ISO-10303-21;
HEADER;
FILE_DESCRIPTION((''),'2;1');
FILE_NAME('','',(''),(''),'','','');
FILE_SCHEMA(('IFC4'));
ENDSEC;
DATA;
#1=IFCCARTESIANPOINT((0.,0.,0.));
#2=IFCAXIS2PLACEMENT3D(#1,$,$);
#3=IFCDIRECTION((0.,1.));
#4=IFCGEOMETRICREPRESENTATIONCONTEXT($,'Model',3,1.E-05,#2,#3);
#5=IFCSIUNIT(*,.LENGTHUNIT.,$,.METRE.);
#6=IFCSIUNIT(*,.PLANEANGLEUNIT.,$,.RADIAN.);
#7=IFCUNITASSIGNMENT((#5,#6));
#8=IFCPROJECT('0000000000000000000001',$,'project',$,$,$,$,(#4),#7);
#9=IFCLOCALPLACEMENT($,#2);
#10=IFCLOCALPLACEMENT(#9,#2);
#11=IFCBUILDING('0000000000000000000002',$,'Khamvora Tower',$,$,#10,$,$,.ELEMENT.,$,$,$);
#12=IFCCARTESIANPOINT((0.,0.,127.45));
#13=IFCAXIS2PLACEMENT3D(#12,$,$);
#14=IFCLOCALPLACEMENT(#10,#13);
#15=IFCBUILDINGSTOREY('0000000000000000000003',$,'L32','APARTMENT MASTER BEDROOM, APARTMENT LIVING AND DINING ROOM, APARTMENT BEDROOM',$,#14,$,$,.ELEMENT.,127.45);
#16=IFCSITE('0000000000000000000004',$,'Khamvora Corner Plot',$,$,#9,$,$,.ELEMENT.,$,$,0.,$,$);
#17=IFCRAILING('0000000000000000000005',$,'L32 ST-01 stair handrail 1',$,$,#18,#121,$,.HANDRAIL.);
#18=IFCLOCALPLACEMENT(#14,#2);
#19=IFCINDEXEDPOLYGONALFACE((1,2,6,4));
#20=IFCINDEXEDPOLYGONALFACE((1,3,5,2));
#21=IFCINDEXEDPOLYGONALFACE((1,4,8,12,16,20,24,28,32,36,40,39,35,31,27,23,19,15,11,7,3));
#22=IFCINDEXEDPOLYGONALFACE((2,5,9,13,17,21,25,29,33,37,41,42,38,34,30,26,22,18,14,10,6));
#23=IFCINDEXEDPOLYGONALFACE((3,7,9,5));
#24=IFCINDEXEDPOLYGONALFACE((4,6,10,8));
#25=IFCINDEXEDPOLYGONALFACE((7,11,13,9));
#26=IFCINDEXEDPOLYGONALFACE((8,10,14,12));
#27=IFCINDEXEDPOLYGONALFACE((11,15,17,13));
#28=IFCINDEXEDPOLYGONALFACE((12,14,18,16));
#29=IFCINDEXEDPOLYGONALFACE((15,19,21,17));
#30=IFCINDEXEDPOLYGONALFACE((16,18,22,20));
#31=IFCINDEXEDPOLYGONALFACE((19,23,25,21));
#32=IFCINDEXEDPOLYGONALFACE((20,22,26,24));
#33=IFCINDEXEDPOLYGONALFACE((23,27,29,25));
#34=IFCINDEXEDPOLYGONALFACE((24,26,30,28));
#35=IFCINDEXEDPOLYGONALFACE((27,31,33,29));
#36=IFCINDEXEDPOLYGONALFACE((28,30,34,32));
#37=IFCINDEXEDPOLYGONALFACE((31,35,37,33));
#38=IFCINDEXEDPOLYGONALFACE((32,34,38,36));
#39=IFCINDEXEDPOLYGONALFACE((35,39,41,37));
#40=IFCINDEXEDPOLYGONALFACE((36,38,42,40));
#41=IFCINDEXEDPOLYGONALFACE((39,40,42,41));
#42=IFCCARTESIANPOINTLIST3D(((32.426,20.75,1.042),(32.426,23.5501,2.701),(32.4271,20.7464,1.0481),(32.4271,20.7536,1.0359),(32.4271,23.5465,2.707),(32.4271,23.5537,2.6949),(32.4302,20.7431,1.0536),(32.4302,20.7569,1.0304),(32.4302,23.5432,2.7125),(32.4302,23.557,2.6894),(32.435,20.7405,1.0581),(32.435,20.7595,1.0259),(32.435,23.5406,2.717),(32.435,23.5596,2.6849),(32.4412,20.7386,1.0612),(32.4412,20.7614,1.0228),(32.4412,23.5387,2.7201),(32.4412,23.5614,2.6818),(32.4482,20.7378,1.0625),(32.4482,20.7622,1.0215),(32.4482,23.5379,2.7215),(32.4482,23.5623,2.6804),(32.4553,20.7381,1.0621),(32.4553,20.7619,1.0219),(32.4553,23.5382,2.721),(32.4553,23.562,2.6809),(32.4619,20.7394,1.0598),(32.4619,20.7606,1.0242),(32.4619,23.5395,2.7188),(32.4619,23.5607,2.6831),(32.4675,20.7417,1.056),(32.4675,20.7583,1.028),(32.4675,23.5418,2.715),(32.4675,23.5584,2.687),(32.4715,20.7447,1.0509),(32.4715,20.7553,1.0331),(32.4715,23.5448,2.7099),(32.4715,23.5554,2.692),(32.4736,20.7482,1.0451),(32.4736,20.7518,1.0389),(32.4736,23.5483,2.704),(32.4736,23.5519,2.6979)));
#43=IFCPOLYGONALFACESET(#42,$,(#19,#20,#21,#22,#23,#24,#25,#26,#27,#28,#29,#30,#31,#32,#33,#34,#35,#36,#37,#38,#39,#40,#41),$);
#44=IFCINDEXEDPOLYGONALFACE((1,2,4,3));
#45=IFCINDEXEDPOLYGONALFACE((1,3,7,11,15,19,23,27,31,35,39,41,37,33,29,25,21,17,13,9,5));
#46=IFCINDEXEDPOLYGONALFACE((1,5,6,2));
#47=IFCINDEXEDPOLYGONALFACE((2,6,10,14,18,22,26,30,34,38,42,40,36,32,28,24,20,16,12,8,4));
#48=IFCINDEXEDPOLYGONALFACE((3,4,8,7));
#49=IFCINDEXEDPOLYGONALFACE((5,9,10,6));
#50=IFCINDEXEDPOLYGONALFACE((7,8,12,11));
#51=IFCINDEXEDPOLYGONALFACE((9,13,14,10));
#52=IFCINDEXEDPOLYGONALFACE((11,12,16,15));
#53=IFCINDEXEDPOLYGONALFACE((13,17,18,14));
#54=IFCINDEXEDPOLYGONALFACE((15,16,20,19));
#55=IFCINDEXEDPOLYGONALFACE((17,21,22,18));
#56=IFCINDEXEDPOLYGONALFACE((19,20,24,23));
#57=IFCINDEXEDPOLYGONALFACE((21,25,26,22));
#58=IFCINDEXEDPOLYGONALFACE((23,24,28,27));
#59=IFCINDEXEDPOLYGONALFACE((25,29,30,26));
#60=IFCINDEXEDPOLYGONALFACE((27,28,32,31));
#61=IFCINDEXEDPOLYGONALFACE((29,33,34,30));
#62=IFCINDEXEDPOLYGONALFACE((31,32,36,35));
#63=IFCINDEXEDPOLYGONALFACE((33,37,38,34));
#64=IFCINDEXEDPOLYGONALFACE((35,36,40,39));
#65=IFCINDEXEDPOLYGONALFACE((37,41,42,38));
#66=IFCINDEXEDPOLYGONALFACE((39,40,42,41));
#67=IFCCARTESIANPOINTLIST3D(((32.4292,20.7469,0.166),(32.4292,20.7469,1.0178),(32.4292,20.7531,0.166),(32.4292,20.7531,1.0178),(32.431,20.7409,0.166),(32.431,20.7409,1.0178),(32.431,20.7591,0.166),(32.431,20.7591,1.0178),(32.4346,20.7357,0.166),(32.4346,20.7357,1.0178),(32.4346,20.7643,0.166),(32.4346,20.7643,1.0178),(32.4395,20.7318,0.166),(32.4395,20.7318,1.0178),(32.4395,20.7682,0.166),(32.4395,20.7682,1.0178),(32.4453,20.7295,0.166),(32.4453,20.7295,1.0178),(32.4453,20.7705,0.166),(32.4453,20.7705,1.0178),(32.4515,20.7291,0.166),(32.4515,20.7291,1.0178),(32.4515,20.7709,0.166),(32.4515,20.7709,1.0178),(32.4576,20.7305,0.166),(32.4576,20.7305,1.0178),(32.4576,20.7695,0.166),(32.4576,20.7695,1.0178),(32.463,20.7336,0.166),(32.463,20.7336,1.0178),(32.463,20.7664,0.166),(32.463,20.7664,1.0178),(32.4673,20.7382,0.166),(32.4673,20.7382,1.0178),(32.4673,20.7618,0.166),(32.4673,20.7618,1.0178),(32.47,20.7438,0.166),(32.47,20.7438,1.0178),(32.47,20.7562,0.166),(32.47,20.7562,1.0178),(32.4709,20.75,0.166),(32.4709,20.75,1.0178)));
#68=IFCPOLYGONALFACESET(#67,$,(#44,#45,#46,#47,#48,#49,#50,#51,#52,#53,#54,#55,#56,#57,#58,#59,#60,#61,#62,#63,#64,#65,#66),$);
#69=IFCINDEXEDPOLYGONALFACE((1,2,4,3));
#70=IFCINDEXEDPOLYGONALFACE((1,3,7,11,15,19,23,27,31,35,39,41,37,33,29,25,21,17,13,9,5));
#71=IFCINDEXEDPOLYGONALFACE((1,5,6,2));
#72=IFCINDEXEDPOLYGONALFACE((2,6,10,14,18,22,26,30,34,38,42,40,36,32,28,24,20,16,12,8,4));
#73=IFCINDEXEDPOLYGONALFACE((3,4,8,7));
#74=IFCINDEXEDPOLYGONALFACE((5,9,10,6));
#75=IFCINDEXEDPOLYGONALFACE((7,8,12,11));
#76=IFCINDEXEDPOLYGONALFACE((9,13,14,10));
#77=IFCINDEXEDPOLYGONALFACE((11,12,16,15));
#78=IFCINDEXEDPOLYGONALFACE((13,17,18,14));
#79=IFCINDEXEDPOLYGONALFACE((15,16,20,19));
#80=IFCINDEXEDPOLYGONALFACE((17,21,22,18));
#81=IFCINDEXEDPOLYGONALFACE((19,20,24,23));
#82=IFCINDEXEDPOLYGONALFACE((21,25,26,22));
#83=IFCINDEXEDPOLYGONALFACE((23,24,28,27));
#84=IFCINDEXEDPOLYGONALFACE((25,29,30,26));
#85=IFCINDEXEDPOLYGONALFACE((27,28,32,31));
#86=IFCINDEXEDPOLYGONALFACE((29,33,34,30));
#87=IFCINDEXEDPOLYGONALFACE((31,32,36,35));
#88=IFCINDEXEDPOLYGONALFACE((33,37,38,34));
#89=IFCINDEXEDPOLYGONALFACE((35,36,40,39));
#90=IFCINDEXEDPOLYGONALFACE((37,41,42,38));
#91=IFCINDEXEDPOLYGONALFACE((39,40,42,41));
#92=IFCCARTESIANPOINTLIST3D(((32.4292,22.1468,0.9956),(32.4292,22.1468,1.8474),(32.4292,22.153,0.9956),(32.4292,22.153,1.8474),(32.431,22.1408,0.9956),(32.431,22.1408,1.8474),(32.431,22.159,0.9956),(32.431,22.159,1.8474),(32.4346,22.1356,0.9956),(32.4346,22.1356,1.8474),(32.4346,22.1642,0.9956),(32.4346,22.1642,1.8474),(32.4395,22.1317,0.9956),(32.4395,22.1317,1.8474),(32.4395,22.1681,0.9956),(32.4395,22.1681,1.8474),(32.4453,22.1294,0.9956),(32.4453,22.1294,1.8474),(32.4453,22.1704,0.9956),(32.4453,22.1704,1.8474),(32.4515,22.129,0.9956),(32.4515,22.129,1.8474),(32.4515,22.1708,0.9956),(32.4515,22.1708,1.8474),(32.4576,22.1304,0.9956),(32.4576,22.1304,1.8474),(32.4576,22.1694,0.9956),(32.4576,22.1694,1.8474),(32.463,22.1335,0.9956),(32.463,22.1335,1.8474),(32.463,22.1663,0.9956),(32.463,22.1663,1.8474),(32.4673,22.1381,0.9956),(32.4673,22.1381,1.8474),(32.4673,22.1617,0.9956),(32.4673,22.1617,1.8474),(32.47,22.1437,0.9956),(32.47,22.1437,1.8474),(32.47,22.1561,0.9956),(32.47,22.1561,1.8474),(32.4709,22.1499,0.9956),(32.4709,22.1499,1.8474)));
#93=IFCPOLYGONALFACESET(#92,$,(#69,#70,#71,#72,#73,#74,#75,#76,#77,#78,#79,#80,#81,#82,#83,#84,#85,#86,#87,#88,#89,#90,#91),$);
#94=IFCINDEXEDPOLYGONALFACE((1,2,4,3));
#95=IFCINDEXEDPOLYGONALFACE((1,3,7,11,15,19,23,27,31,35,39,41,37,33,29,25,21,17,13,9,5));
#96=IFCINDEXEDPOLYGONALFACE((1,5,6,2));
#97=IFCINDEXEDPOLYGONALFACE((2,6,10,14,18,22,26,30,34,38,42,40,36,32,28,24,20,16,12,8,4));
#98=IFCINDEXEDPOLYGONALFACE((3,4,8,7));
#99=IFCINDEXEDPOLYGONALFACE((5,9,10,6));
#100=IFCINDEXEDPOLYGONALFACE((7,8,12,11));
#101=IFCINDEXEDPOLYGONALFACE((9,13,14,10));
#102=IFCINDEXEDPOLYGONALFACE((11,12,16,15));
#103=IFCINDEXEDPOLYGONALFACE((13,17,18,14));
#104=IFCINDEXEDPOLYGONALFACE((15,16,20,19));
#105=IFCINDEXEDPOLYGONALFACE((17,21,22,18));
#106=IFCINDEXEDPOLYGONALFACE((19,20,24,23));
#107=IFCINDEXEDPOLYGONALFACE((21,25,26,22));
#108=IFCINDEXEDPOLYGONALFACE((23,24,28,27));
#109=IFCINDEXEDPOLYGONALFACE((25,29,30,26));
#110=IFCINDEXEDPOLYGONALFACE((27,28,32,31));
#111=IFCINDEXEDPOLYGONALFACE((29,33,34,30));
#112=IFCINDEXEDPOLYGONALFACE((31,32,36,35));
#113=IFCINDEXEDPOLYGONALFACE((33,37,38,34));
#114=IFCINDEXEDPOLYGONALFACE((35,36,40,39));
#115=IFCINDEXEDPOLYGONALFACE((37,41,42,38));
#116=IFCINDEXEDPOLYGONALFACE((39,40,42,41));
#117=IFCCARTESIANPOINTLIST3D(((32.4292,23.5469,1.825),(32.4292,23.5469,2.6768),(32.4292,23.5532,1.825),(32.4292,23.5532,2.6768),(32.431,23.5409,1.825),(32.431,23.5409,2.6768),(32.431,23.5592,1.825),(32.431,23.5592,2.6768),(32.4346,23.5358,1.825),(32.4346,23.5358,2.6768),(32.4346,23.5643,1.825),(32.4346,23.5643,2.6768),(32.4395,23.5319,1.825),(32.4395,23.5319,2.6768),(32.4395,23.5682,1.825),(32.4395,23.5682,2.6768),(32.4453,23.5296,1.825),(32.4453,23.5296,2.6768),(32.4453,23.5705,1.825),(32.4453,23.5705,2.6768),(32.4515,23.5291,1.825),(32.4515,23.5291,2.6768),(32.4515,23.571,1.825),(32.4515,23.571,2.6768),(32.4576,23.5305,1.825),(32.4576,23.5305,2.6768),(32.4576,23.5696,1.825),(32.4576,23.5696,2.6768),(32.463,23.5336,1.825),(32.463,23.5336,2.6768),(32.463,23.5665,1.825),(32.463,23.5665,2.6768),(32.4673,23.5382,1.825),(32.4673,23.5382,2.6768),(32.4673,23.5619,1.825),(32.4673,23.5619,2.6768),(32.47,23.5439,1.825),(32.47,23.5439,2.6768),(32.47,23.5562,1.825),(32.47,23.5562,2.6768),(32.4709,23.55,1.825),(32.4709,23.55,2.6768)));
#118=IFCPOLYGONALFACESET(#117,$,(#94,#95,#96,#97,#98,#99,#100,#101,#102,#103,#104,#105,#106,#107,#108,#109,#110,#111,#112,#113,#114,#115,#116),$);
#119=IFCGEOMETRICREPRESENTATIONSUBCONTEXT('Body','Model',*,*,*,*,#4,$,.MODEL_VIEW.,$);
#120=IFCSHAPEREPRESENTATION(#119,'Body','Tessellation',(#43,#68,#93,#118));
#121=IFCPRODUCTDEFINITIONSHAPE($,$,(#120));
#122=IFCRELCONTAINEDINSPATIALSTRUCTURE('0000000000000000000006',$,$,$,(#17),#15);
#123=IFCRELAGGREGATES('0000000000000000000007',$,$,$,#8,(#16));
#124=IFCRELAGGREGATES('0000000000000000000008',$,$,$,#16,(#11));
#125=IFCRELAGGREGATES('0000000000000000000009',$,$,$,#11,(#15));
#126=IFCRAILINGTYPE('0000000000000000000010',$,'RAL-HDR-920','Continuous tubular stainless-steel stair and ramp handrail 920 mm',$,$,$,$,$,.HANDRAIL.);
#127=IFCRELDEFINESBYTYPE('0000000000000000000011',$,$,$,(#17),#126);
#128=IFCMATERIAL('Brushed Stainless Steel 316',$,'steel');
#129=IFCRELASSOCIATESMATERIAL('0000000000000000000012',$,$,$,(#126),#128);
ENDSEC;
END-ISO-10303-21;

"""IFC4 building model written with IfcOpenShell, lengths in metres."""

from ifc_helpers import new_model, si_unit, direction, frame, origin, origin_2d, place, context, subcontext, project, spatial, circle, extrude, material, type_object, element, save


model = new_model("IFC4")

# Units and contexts
model_context = context("Model", 3, precision=1e-05, world=origin(), true_north=direction((0.0, 1.0)))
body_context = subcontext(model_context, "Body", "Model", "MODEL_VIEW")
ifc_project = project(units=[si_unit("LENGTHUNIT", "METRE"), si_unit("PLANEANGLEUNIT", "RADIAN")], contexts=[model_context])

# Site, building, storey
site_placement = place(None, origin())
site = spatial("IfcSite", under=ifc_project, at=site_placement, Name="Khamvora Corner Plot", CompositionType="ELEMENT", RefElevation=0.0)
building_placement = place(site_placement, origin())
building = spatial("IfcBuilding", under=site, at=building_placement, Name="Khamvora Tower", CompositionType="ELEMENT")
storey_placement = place(building_placement, frame((0.0, 0.0, 127.45)))
storey = spatial("IfcBuildingStorey", under=building, at=storey_placement, Name="L32", Description="APARTMENT MASTER BEDROOM, APARTMENT LIVING AND DINING ROOM, APARTMENT BEDROOM", CompositionType="ELEMENT", Elevation=127.45)

# Railing
ifc_material_1 = material(Name="Brushed Stainless Steel 316", Category="steel")
railing_type_1 = type_object("IfcRailingType", Name="RAL-HDR-920", Description="Continuous tubular stainless-steel stair and ramp handrail 920 mm", PredefinedType="HANDRAIL", material=ifc_material_1)
railing_1_placement = place(storey_placement, frame((32.45, 20.75, 0.166)))
element("IfcRailing", 1, at=railing_1_placement, inside=storey, type_object=railing_type_1, Name="L32 ST-01 stair handrail 1", PredefinedType="HANDRAIL", context=body_context, shape_type="SweptSolid", body=[
    extrude(circle(Radius=0.0239, at=origin_2d()), frame((0.0, 0.0, 0.876), z_axis=(0.0, 0.860339, 0.509722), x_axis=(-1.0, 0.0, 0.0)), (0.0, 0.0, 1.0), 3.2546),
    extrude(circle(Radius=0.021, at=origin_2d()), origin(), (0.0, 0.0, 1.0), 0.8518),
    extrude(circle(Radius=0.021, at=origin_2d()), frame((0.0, 1.3999, 0.8296)), (0.0, 0.0, 1.0), 0.8518),
    extrude(circle(Radius=0.021, at=origin_2d()), frame((0.0, 2.8, 1.6589)), (0.0, 0.0, 1.0), 0.8518),
])

save(model, "model.ifc")
